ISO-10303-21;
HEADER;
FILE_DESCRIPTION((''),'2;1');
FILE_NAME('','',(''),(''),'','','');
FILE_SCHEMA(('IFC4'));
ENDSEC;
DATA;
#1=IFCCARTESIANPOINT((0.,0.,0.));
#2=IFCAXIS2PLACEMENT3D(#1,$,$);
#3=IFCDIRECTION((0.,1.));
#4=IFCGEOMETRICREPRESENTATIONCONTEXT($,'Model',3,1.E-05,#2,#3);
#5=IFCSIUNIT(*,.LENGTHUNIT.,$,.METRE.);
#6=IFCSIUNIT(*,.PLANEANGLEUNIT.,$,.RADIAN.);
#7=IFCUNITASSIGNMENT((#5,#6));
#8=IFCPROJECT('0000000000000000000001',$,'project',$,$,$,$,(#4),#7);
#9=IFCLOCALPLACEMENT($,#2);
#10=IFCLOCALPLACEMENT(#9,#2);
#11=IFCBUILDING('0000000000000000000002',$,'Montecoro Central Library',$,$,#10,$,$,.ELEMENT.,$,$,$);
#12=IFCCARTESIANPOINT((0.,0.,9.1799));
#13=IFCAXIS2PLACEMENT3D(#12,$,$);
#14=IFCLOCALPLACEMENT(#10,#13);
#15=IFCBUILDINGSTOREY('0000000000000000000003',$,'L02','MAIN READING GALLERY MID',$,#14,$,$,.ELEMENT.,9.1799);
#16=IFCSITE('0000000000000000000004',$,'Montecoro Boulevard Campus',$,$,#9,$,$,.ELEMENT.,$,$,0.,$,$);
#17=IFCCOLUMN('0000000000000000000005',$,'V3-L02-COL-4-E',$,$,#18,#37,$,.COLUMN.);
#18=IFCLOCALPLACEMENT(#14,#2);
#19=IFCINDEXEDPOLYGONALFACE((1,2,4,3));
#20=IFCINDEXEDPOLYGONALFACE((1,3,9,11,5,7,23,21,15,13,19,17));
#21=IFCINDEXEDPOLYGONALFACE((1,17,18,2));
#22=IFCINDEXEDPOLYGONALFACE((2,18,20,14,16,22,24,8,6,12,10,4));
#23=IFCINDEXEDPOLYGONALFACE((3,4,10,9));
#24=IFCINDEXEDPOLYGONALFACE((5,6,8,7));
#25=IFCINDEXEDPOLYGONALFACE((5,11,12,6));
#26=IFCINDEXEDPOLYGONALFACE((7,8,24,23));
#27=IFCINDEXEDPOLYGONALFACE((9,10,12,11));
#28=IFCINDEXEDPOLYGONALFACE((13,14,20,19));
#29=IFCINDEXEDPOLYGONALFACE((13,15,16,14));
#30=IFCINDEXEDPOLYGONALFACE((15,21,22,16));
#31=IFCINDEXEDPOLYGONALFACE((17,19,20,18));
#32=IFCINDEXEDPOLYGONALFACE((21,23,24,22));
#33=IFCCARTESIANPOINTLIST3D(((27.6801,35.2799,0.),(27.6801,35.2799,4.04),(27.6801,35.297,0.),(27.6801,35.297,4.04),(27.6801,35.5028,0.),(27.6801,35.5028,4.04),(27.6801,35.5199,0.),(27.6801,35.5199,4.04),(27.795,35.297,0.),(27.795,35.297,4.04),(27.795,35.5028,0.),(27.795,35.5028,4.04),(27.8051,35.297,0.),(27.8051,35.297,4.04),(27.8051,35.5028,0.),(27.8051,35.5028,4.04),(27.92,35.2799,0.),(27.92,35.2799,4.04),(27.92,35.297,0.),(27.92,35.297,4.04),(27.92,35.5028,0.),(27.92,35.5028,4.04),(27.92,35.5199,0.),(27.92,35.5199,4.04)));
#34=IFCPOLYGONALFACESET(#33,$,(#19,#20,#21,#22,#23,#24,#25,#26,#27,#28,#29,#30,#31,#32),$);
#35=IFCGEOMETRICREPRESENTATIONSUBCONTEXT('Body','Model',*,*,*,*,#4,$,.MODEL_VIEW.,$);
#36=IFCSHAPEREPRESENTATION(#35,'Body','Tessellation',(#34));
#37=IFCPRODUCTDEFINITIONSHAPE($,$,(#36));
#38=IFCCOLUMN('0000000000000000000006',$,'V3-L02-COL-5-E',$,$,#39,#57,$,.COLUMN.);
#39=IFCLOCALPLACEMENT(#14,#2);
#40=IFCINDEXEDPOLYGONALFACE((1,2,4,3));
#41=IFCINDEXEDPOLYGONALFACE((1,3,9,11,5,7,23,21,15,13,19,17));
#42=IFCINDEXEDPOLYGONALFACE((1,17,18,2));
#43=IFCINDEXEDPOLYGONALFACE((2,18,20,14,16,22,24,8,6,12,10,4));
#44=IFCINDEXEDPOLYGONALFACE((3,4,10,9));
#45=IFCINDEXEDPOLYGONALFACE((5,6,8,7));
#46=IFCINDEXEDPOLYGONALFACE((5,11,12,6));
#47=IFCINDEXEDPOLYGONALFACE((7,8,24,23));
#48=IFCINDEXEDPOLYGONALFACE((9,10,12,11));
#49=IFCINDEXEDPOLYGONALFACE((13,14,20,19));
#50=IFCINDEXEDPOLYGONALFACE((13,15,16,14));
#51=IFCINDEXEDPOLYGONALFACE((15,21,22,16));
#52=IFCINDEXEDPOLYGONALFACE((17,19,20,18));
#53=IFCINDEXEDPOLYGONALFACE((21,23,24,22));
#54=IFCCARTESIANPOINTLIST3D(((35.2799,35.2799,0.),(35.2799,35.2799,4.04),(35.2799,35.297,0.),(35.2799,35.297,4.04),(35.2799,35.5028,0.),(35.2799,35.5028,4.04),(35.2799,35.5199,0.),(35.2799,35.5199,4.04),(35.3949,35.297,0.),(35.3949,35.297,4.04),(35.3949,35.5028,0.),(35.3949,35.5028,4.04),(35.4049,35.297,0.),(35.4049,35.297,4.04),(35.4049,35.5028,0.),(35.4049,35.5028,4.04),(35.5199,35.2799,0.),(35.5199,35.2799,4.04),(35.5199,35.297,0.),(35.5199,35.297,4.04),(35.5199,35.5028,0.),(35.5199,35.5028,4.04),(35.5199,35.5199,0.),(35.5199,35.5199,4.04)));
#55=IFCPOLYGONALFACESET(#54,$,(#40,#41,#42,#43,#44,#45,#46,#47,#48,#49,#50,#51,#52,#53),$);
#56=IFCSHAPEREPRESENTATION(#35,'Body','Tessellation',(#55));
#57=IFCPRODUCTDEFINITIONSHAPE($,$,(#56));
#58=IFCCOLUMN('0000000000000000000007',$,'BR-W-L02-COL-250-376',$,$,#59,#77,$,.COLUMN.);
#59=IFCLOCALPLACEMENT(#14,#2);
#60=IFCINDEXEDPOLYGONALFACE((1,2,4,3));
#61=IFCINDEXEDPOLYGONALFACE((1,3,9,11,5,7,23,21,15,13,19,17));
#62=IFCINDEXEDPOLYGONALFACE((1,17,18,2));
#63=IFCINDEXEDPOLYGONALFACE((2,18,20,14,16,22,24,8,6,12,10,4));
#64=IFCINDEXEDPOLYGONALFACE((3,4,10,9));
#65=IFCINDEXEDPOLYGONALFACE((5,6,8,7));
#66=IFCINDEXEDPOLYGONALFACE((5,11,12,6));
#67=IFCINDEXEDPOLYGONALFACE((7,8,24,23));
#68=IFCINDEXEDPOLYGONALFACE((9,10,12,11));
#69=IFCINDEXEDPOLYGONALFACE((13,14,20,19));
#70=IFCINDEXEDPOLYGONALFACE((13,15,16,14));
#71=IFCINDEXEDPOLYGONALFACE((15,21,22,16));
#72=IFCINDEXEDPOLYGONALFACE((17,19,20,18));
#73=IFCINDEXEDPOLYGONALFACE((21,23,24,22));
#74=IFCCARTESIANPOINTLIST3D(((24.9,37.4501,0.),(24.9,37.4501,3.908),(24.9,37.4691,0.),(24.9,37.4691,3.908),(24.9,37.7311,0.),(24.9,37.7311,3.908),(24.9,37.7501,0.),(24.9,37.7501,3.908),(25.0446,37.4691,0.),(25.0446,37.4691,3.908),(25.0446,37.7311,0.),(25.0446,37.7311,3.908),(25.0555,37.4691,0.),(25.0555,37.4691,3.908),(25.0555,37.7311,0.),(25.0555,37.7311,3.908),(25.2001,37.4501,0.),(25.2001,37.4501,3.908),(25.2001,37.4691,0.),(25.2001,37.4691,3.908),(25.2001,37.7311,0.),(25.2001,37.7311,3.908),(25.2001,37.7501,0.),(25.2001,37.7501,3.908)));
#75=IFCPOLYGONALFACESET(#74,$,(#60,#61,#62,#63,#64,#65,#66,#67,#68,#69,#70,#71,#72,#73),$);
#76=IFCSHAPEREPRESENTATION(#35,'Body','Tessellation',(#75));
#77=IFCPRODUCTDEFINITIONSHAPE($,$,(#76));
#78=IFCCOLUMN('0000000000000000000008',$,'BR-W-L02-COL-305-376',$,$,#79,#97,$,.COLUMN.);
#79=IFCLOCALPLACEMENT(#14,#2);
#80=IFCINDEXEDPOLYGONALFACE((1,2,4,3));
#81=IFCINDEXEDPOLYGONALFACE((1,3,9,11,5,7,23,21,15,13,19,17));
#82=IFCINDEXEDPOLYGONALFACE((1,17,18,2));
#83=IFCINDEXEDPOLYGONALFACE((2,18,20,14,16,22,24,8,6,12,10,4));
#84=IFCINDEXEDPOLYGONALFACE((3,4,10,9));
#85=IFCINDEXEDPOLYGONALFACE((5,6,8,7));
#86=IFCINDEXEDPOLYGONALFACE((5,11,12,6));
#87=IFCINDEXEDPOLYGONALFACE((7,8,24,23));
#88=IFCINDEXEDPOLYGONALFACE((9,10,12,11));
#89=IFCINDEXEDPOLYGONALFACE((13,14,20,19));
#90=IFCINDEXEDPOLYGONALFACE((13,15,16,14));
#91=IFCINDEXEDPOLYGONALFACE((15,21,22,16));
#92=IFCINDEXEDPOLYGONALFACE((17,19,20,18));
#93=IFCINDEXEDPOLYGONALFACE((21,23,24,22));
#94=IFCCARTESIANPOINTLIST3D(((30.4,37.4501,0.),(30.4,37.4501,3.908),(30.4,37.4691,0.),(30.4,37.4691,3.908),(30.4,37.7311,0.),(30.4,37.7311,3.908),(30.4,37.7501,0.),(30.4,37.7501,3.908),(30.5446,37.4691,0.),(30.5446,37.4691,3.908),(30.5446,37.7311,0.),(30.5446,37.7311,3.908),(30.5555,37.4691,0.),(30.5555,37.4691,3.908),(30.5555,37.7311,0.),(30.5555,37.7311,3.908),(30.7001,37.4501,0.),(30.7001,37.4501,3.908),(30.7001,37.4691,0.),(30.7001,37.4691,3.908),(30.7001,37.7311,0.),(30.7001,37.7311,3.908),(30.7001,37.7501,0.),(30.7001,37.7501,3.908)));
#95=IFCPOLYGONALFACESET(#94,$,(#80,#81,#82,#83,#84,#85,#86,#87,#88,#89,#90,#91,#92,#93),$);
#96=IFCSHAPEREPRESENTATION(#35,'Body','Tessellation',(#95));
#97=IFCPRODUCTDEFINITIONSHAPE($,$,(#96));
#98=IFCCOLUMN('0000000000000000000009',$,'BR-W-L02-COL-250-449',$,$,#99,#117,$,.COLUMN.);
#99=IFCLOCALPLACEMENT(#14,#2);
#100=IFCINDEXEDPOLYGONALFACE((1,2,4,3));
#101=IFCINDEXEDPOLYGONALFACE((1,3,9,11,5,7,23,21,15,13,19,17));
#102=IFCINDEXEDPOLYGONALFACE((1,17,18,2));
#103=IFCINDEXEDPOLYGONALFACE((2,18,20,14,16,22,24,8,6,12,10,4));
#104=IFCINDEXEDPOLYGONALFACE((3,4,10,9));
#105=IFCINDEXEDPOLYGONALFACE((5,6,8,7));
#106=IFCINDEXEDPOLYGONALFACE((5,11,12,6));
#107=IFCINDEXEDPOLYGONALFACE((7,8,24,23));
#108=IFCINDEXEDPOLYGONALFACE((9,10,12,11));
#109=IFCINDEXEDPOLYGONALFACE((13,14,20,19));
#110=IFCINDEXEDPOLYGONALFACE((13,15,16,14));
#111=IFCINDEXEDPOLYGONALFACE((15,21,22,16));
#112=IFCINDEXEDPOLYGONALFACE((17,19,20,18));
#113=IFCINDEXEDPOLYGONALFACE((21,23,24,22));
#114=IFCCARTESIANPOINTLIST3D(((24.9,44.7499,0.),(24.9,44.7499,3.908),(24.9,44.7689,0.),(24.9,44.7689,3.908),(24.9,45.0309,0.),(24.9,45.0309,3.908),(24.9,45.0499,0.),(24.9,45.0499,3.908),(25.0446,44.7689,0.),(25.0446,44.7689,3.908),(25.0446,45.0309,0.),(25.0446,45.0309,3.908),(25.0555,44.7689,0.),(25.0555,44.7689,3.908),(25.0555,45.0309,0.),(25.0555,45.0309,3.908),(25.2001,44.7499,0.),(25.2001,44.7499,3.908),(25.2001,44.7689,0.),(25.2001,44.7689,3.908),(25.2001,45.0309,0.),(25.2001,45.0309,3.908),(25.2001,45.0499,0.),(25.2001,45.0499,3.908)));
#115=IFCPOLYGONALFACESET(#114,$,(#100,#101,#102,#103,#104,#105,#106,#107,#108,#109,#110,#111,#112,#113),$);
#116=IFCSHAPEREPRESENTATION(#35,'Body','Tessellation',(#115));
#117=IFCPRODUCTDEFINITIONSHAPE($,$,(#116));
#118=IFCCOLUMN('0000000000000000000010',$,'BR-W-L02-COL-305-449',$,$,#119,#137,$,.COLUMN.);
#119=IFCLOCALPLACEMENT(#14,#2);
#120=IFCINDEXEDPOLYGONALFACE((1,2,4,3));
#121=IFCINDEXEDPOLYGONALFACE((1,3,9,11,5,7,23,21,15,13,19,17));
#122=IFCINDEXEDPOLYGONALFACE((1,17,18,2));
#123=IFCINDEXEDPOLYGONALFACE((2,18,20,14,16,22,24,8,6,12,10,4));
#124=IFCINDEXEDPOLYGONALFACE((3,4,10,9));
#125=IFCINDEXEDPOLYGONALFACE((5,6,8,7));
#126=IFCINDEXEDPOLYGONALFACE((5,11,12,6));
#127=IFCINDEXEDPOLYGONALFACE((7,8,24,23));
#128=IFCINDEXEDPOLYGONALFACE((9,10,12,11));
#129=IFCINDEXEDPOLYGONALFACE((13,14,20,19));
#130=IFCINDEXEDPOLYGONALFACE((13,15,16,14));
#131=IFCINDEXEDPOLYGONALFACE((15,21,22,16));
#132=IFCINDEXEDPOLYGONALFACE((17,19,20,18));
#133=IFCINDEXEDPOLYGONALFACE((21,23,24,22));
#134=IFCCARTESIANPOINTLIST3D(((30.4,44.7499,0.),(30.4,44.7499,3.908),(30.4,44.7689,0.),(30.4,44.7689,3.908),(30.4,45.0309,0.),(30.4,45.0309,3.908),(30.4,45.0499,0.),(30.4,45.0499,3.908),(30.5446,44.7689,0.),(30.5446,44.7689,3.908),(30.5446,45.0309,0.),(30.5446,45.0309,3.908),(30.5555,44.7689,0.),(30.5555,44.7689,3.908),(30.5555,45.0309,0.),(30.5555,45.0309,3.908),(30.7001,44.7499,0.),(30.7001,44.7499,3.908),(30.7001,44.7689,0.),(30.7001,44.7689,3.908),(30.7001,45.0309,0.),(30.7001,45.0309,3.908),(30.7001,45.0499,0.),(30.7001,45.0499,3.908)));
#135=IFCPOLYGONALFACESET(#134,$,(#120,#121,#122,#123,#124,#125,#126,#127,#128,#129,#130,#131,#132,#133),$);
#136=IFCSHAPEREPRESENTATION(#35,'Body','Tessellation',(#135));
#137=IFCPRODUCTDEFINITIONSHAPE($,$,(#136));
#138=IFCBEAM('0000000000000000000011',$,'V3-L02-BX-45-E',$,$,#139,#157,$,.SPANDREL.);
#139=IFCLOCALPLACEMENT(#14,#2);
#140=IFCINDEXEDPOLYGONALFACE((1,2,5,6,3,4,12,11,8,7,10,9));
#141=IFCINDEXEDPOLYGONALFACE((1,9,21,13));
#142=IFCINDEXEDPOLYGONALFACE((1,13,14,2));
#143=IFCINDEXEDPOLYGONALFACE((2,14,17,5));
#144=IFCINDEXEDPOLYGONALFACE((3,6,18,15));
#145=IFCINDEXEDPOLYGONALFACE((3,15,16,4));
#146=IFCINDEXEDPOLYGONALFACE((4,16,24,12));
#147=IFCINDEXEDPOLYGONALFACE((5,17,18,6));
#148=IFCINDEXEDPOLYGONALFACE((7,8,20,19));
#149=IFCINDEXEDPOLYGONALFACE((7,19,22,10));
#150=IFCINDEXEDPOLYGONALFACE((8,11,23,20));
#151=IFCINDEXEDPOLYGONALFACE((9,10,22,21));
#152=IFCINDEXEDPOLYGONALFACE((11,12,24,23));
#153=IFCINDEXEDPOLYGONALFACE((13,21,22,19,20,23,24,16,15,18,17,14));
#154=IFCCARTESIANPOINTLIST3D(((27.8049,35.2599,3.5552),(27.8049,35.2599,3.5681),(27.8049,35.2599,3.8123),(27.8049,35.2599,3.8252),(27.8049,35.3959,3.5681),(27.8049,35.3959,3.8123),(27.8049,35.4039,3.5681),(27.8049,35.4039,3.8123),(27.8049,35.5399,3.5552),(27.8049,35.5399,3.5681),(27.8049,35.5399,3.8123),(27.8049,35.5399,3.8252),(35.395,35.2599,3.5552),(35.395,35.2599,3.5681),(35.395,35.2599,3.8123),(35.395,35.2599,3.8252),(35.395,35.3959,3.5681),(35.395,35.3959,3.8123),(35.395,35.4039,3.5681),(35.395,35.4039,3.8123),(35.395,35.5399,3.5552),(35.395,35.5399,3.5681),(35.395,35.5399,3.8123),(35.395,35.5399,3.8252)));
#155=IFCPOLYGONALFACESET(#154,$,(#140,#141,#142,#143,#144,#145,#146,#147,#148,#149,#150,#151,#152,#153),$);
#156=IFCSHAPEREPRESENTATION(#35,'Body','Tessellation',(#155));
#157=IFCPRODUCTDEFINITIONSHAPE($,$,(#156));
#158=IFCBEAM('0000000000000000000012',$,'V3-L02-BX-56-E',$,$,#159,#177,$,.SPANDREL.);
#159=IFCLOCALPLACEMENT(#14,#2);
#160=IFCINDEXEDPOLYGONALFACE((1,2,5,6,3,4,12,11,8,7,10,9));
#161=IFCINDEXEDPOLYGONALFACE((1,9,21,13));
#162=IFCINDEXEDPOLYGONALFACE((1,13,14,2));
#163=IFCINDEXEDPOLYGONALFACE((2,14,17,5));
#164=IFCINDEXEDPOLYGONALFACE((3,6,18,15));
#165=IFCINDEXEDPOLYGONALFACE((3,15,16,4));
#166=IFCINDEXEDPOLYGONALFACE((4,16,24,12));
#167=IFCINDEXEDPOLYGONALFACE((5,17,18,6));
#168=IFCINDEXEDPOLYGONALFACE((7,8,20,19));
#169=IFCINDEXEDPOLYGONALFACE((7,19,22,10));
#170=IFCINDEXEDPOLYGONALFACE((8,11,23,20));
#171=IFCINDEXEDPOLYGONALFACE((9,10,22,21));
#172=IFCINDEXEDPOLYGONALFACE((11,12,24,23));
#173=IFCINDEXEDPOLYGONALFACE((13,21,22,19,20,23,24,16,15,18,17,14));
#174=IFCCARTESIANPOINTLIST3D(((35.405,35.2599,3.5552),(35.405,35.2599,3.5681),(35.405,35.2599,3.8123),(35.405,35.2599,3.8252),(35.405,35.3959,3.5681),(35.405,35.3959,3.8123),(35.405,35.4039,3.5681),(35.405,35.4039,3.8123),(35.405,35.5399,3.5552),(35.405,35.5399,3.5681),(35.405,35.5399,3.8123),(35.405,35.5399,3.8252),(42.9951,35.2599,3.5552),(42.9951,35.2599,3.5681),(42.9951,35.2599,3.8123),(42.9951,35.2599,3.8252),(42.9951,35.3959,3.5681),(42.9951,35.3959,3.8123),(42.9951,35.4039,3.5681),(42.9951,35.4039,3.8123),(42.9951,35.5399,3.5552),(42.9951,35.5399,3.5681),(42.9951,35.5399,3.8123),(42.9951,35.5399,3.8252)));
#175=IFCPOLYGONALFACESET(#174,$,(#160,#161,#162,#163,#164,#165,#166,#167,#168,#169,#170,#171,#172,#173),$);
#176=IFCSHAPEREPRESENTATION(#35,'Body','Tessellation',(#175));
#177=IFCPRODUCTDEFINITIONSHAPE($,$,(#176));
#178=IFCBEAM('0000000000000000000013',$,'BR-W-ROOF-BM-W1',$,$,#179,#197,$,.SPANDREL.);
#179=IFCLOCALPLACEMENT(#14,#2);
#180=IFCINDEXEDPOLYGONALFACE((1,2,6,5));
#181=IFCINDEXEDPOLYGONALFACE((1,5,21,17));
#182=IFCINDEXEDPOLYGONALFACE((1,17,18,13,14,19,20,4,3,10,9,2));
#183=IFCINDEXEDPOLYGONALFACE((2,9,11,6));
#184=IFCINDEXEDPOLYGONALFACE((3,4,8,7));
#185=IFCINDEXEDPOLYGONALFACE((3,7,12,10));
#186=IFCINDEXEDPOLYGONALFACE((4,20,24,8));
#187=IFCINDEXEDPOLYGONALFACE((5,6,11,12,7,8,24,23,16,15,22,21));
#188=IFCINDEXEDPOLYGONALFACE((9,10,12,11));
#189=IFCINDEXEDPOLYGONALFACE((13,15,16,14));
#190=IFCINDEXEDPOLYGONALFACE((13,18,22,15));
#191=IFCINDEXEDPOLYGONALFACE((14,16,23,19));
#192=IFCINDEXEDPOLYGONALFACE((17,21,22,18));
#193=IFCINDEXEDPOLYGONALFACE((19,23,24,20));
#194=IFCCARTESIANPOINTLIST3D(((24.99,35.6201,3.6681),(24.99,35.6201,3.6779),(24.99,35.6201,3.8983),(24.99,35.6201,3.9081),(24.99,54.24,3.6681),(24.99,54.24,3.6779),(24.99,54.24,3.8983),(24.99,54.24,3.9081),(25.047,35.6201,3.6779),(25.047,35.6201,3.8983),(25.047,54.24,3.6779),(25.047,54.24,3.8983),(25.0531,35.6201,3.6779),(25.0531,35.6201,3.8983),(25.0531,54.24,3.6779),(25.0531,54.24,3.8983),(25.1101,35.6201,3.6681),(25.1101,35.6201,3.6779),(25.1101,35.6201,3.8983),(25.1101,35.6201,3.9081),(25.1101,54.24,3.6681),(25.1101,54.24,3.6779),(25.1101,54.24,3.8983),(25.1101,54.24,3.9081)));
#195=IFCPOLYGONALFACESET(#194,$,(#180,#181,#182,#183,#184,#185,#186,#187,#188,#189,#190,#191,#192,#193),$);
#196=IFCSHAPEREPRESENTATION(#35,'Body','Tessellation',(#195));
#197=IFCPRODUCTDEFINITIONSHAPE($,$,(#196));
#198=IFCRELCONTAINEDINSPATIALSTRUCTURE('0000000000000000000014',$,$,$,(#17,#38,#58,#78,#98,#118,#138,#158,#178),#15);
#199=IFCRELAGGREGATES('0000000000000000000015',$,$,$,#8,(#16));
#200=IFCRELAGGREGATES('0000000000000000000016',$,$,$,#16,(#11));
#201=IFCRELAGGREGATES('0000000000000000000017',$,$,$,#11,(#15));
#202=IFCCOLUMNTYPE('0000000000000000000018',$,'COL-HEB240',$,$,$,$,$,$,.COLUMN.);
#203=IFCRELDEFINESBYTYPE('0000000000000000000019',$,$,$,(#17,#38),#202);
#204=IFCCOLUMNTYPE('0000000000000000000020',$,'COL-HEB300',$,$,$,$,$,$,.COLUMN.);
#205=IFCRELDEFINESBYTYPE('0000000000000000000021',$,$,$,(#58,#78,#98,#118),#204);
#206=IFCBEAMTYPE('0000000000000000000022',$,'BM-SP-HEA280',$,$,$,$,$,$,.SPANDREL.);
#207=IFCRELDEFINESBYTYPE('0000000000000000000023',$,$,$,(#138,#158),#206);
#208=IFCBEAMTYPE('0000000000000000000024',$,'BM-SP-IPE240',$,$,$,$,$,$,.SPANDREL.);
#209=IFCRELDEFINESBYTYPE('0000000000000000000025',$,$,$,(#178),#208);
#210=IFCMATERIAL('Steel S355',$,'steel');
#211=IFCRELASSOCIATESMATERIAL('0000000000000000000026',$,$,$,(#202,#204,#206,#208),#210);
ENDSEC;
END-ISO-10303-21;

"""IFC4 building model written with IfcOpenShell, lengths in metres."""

from ifc_helpers import new_model, si_unit, direction, frame, origin, origin_2d, place, context, subcontext, project, spatial, i_section, extrude, material, material_profile, profile_set, type_object, element, save


model = new_model("IFC4")

# Units and contexts
model_context = context("Model", 3, precision=1e-05, world=origin(), true_north=direction((0.0, 1.0)))
body_context = subcontext(model_context, "Body", "Model", "MODEL_VIEW")
ifc_project = project(units=[si_unit("LENGTHUNIT", "METRE"), si_unit("PLANEANGLEUNIT", "RADIAN")], contexts=[model_context])

# Site, building, storey
site_placement = place(None, origin())
site = spatial("IfcSite", under=ifc_project, at=site_placement, Name="Montecoro Boulevard Campus", CompositionType="ELEMENT", RefElevation=0.0)
building_placement = place(site_placement, origin())
building = spatial("IfcBuilding", under=site, at=building_placement, Name="Montecoro Central Library", CompositionType="ELEMENT")
storey_placement = place(building_placement, frame((0.0, 0.0, 9.1799)))
storey = spatial("IfcBuildingStorey", under=building, at=storey_placement, Name="L02", Description="MAIN READING GALLERY MID", CompositionType="ELEMENT", Elevation=9.1799)

# Columns
ifc_material_1 = material(Name="Steel S355", Category="steel")
ifc_material_profile_1 = material_profile(ifc_material_1, i_section(OverallWidth=0.24, OverallDepth=0.24, WebThickness=0.01, FlangeThickness=0.0171, at=origin_2d()), Name="HEB 240")
ifc_profile_set_1 = profile_set([ifc_material_profile_1], Name="Steel S355")
column_type_1 = type_object("IfcColumnType", Name="COL-HEB240", PredefinedType="COLUMN", material=ifc_profile_set_1)
for number, where, z_axis, x_axis, name in (
    (1, (27.8, 35.3999, 0.0), (0.0, 0.0, 1.0), (1.0, 0.0, 0.0), "V3-L02-COL-4-E"),
    (2, (35.3999, 35.3999, 0.0), (0.0, 0.0, 1.0), (1.0, 0.0, 0.0), "V3-L02-COL-5-E"),
):
    element("IfcColumn", number, at=place(storey_placement, frame(where, z_axis=z_axis, x_axis=x_axis)), inside=storey, type_object=column_type_1, Name=name, PredefinedType="COLUMN", context=body_context, shape_type="SweptSolid", body=[
        extrude(i_section(OverallWidth=0.24, OverallDepth=0.24, WebThickness=0.01, FlangeThickness=0.0171, at=origin_2d()), origin(), (0.0, 0.0, 1.0), 4.04),
    ])
ifc_material_profile_2 = material_profile(ifc_material_1, i_section(OverallWidth=0.3, OverallDepth=0.3, WebThickness=0.011, FlangeThickness=0.019, at=origin_2d()), Name="HEB 300")
ifc_profile_set_2 = profile_set([ifc_material_profile_2], Name="Steel S355")
column_type_2 = type_object("IfcColumnType", Name="COL-HEB300", PredefinedType="COLUMN", material=ifc_profile_set_2)
for number, where, z_axis, x_axis, name in (
    (3, (25.05, 37.6001, 0.0), (0.0, 0.0, 1.0), (1.0, 0.0, 0.0), "BR-W-L02-COL-250-376"),
    (4, (30.55, 37.6001, 0.0), (0.0, 0.0, 1.0), (1.0, 0.0, 0.0), "BR-W-L02-COL-305-376"),
    (5, (25.05, 44.8999, 0.0), (0.0, 0.0, 1.0), (1.0, 0.0, 0.0), "BR-W-L02-COL-250-449"),
    (6, (30.55, 44.8999, 0.0), (0.0, 0.0, 1.0), (1.0, 0.0, 0.0), "BR-W-L02-COL-305-449"),
):
    element("IfcColumn", number, at=place(storey_placement, frame(where, z_axis=z_axis, x_axis=x_axis)), inside=storey, type_object=column_type_2, Name=name, PredefinedType="COLUMN", context=body_context, shape_type="SweptSolid", body=[
        extrude(i_section(OverallWidth=0.3, OverallDepth=0.3, WebThickness=0.011, FlangeThickness=0.019, at=origin_2d()), origin(), (0.0, 0.0, 1.0), 3.908),
    ])

# Beams
ifc_material_profile_3 = material_profile(ifc_material_1, i_section(OverallWidth=0.28, OverallDepth=0.27, WebThickness=0.0081, FlangeThickness=0.0129, at=origin_2d()), Name="HEA 280")
ifc_profile_set_3 = profile_set([ifc_material_profile_3], Name="Steel S355")
beam_type_1 = type_object("IfcBeamType", Name="BM-SP-HEA280", PredefinedType="SPANDREL", material=ifc_profile_set_3)
for number, where, z_axis, x_axis, name in (
    (7, (27.8049, 35.3999, 3.6902), (1.0, 0.0, 0.0), (0.0, 1.0, 0.0), "V3-L02-BX-45-E"),
    (8, (35.405, 35.3999, 3.6902), (1.0, 0.0, 0.0), (0.0, 1.0, 0.0), "V3-L02-BX-56-E"),
):
    element("IfcBeam", number, at=place(storey_placement, frame(where, z_axis=z_axis, x_axis=x_axis)), inside=storey, type_object=beam_type_1, Name=name, PredefinedType="SPANDREL", context=body_context, shape_type="SweptSolid", body=[
        extrude(i_section(OverallWidth=0.28, OverallDepth=0.27, WebThickness=0.0081, FlangeThickness=0.0129, at=origin_2d()), origin(), (0.0, 0.0, 1.0), 7.5901),
    ])
ifc_material_profile_4 = material_profile(ifc_material_1, i_section(OverallWidth=0.1201, OverallDepth=0.24, WebThickness=0.0061, FlangeThickness=0.0098, at=origin_2d()), Name="IPE 240")
ifc_profile_set_4 = profile_set([ifc_material_profile_4], Name="Steel S355")
beam_type_2 = type_object("IfcBeamType", Name="BM-SP-IPE240", PredefinedType="SPANDREL", material=ifc_profile_set_4)
for number, where, z_axis, x_axis, name in (
    (9, (25.05, 35.6201, 3.7881), (0.0, 1.0, 0.0), (-1.0, 0.0, 0.0), "BR-W-ROOF-BM-W1"),
):
    element("IfcBeam", number, at=place(storey_placement, frame(where, z_axis=z_axis, x_axis=x_axis)), inside=storey, type_object=beam_type_2, Name=name, PredefinedType="SPANDREL", context=body_context, shape_type="SweptSolid", body=[
        extrude(i_section(OverallWidth=0.1201, OverallDepth=0.24, WebThickness=0.0061, FlangeThickness=0.0098, at=origin_2d()), origin(), (0.0, 0.0, 1.0), 18.6199),
    ])

save(model, "model.ifc")
